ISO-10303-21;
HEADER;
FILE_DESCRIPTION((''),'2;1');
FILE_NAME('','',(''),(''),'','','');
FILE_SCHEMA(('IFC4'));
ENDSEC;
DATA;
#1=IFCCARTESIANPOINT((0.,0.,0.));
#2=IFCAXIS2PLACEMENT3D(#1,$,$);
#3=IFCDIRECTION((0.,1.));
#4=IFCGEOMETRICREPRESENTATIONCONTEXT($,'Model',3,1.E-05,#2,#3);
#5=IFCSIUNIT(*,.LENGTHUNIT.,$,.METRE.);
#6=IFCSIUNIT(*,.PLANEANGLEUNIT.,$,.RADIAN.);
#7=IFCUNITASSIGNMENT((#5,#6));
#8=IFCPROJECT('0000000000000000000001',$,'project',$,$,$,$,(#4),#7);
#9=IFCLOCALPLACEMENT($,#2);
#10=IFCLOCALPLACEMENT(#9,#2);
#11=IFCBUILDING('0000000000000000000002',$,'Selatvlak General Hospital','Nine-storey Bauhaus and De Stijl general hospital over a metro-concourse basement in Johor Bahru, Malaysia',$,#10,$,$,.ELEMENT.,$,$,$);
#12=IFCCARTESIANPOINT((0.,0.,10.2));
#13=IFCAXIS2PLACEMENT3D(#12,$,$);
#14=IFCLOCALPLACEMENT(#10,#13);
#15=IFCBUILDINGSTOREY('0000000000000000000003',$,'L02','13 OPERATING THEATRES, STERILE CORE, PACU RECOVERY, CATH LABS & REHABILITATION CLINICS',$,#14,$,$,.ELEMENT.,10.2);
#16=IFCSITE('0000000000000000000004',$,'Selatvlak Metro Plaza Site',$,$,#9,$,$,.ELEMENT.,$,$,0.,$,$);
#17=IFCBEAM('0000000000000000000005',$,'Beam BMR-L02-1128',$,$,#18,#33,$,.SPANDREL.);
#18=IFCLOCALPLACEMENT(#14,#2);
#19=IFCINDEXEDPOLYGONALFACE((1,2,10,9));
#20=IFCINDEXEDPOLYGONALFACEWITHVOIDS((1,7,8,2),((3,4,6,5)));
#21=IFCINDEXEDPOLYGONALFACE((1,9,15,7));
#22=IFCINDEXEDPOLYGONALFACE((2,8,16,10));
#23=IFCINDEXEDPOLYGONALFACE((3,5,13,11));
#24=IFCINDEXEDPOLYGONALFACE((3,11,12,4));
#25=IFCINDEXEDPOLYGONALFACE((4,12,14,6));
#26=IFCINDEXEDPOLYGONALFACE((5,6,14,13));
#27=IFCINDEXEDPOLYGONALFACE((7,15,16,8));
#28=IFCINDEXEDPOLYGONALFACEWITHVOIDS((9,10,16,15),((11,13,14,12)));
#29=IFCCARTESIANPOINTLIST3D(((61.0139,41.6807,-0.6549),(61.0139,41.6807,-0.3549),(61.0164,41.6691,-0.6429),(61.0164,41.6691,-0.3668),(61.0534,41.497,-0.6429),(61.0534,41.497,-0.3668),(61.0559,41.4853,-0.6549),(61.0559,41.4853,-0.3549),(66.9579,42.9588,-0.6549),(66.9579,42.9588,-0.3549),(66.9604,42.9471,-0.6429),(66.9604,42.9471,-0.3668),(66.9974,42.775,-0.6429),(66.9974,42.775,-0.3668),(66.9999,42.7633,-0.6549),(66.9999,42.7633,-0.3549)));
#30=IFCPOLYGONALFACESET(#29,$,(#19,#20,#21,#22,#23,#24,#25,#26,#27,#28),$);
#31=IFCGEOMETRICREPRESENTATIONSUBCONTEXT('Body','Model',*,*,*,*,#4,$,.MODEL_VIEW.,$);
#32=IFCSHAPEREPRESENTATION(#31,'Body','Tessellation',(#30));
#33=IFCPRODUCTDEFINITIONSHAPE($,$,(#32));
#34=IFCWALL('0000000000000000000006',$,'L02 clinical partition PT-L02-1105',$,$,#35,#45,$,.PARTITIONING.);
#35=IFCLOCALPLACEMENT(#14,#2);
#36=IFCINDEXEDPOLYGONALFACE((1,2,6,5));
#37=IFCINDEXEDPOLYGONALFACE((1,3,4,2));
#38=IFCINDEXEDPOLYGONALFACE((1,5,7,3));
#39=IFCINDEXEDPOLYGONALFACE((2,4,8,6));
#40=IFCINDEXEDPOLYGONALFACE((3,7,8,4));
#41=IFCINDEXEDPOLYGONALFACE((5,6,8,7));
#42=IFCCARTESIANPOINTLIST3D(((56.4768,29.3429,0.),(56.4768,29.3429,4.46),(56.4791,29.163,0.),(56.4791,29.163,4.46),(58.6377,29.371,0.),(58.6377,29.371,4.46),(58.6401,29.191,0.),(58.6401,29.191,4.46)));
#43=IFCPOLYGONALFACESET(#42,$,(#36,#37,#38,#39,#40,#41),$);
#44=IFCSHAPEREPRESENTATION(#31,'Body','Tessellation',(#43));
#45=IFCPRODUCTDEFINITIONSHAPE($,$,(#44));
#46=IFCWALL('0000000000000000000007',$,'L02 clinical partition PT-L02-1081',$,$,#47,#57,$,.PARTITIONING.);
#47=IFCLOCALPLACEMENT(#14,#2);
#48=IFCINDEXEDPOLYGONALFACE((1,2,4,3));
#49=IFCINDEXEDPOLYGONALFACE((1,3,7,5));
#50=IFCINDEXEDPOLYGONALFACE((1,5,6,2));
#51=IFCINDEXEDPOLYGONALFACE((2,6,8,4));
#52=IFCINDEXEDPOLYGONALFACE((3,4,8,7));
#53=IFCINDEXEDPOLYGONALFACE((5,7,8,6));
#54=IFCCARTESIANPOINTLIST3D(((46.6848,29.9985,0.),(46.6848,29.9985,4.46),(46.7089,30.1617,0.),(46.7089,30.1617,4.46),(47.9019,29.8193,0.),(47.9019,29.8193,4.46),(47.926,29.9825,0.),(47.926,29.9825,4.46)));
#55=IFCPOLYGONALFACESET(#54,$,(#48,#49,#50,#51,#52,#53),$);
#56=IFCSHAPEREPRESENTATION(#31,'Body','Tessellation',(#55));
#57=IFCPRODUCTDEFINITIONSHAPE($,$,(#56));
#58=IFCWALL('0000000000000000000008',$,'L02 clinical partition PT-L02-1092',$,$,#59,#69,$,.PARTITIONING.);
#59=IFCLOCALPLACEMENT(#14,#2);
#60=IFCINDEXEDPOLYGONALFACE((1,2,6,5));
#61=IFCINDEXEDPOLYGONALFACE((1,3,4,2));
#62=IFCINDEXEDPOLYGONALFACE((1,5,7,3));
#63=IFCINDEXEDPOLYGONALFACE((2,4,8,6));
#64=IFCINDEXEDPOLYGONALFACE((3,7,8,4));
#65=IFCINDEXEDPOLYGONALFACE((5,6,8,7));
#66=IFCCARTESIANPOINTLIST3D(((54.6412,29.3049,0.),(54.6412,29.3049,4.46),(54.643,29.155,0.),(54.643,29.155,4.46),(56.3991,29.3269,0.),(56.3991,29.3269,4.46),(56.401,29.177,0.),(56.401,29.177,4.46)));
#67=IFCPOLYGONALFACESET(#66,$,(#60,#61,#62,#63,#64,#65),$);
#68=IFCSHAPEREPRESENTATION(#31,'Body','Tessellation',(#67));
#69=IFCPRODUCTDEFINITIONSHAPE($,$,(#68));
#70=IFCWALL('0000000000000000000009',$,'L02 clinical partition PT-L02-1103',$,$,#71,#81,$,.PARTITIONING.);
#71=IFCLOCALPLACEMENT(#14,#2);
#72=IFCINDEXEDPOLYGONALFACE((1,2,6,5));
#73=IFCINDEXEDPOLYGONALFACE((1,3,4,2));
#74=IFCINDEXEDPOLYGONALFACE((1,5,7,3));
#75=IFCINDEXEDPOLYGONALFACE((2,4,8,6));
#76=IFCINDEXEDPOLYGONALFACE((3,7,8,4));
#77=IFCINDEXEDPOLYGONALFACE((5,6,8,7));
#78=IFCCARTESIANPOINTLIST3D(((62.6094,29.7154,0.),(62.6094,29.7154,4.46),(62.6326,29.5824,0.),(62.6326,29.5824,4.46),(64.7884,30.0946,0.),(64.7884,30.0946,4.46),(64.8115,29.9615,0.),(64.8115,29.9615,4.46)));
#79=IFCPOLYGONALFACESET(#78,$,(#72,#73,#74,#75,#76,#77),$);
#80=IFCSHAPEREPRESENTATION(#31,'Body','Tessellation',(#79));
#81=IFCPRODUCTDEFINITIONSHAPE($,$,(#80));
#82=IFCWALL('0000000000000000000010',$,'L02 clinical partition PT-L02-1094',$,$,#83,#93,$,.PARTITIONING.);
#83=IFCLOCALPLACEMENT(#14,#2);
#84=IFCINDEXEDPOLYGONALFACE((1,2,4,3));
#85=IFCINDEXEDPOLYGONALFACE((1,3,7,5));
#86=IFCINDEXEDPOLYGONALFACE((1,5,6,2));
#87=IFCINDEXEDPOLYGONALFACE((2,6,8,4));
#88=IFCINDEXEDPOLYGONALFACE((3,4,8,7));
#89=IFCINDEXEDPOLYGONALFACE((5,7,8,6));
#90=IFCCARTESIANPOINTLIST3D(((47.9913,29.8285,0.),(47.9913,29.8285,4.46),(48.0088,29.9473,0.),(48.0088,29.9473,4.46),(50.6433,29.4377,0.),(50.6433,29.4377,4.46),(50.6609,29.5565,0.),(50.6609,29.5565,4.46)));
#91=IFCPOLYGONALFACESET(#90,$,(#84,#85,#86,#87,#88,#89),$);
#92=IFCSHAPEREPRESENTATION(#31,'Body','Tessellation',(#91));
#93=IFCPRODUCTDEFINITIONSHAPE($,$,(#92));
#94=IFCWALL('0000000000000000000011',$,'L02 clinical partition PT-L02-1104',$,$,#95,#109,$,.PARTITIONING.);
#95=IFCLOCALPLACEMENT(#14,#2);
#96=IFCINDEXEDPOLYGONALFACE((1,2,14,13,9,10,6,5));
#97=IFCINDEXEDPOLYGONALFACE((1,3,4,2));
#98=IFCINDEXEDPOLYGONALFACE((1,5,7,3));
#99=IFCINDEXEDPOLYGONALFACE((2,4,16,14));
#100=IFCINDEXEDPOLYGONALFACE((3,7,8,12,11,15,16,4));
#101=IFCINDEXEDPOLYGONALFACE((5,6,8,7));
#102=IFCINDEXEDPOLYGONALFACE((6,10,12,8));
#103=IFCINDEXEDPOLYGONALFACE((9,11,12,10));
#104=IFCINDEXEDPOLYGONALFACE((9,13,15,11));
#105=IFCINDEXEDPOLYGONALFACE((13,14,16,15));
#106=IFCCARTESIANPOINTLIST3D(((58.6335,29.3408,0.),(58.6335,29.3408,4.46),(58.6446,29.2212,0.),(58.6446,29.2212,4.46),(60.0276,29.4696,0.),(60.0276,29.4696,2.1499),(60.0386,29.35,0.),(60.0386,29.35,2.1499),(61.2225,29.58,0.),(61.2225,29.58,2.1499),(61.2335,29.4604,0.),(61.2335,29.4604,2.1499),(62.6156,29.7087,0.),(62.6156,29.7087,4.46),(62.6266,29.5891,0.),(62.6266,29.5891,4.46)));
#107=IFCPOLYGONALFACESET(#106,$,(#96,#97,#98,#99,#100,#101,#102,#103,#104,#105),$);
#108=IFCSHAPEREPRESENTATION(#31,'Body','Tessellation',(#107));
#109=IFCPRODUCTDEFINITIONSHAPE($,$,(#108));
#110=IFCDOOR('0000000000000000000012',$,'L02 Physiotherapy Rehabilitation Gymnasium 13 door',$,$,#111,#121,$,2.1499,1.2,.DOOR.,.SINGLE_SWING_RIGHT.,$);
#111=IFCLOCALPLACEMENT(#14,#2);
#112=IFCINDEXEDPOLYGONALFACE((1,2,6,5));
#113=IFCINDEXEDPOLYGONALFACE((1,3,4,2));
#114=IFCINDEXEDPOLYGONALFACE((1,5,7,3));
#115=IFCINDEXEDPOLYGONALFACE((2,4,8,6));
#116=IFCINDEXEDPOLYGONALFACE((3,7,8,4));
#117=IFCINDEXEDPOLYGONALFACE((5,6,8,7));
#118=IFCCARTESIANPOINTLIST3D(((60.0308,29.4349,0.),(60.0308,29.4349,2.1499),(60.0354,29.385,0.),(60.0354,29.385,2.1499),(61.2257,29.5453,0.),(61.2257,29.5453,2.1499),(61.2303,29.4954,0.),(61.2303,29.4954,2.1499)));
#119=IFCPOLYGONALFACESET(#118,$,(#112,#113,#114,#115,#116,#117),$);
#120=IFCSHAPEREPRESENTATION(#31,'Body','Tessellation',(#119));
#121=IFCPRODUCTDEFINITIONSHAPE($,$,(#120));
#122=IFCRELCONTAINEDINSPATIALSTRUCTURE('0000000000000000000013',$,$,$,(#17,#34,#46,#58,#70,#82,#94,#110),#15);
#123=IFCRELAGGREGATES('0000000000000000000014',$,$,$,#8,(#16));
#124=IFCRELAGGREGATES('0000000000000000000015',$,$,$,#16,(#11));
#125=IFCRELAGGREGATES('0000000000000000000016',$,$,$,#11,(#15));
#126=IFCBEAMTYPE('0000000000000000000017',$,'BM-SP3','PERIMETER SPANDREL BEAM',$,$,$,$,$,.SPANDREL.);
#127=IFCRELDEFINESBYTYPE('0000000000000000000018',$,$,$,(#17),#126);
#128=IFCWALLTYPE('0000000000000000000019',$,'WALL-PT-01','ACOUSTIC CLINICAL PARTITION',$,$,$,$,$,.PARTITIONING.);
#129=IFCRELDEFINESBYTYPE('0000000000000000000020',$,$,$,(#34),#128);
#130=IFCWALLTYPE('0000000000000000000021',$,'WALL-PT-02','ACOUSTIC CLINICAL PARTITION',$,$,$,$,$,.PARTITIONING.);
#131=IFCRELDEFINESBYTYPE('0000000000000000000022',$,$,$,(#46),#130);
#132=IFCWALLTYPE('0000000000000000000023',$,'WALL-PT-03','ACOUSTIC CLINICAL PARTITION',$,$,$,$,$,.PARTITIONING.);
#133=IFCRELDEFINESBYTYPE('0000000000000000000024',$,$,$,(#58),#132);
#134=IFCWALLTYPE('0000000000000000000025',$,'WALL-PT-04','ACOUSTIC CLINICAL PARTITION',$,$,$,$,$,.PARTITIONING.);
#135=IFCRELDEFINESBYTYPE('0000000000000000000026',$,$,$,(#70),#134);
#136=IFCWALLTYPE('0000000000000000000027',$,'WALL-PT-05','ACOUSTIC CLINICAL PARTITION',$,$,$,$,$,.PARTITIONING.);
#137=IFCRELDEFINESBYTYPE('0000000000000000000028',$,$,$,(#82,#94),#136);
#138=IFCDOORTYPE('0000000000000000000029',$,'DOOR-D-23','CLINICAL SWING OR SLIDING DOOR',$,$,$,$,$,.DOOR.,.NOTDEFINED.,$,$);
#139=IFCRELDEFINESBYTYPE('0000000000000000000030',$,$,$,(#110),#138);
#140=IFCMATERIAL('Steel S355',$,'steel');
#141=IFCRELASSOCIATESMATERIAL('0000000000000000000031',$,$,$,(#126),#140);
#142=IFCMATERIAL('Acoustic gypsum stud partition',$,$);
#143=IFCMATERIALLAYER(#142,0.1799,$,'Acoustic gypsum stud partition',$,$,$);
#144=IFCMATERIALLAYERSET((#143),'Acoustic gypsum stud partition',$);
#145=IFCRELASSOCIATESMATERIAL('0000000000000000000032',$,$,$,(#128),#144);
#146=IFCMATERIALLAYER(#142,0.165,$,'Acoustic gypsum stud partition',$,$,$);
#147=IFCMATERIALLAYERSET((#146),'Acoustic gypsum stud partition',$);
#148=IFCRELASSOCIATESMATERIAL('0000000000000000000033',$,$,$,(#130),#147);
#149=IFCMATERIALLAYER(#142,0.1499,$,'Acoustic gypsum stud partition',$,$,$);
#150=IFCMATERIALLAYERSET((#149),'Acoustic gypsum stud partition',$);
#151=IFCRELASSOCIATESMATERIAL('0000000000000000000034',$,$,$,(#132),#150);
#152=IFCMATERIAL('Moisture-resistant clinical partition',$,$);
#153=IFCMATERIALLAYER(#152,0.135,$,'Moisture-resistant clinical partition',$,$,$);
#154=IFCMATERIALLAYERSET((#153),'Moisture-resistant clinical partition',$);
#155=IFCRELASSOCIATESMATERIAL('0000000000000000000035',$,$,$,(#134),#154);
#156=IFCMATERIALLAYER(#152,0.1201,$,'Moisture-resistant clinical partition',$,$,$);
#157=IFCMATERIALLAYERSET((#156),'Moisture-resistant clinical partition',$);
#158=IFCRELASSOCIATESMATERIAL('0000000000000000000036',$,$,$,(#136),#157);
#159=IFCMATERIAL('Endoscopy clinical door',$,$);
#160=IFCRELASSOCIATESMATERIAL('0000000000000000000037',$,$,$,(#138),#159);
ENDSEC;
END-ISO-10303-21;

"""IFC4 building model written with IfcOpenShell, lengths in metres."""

from ifc_helpers import new_model, si_unit, direction, frame, frame_2d, origin, origin_2d, place, context, subcontext, project, spatial, rectangle, hollow_rectangle, extrude, material, layer, layer_set, material_profile, profile_set, type_object, element, fill, save


model = new_model("IFC4")

# Units and contexts
model_context = context("Model", 3, precision=1e-05, world=origin(), true_north=direction((0.0, 1.0)))
body_context = subcontext(model_context, "Body", "Model", "MODEL_VIEW")
ifc_project = project(units=[si_unit("LENGTHUNIT", "METRE"), si_unit("PLANEANGLEUNIT", "RADIAN")], contexts=[model_context])

# Site, building, storey
site_placement = place(None, origin())
site = spatial("IfcSite", under=ifc_project, at=site_placement, Name="Selatvlak Metro Plaza Site", CompositionType="ELEMENT", RefElevation=0.0)
building_placement = place(site_placement, origin())
building = spatial("IfcBuilding", under=site, at=building_placement, Name="Selatvlak General Hospital", Description="Nine-storey Bauhaus and De Stijl general hospital over a metro-concourse basement in Johor Bahru, Malaysia", CompositionType="ELEMENT")
storey_placement = place(building_placement, frame((0.0, 0.0, 10.2)))
storey = spatial("IfcBuildingStorey", under=building, at=storey_placement, Name="L02", Description="13 OPERATING THEATRES, STERILE CORE, PACU RECOVERY, CATH LABS & REHABILITATION CLINICS", CompositionType="ELEMENT", Elevation=10.2)

# Beam
ifc_material_1 = material(Name="Steel S355", Category="steel")
ifc_material_profile_1 = material_profile(ifc_material_1, hollow_rectangle(XDim=0.2, YDim=0.3, WallThickness=0.012, at=origin_2d()), Name="RHS 300x200x12")
ifc_profile_set_1 = profile_set([ifc_material_profile_1], Name="Steel S355")
beam_type_1 = type_object("IfcBeamType", Name="BM-SP3", Description="PERIMETER SPANDREL BEAM", PredefinedType="SPANDREL", material=ifc_profile_set_1)
beam_1_placement = place(storey_placement, frame((61.0349, 41.583, -0.5049), z_axis=(0.977656, 0.210212, 0.0), x_axis=(-0.210212, 0.977656, 0.0)))
element("IfcBeam", 1, at=beam_1_placement, inside=storey, type_object=beam_type_1, Name="Beam BMR-L02-1128", PredefinedType="SPANDREL", context=body_context, shape_type="SweptSolid", body=[
    extrude(hollow_rectangle(XDim=0.2, YDim=0.3, WallThickness=0.012, at=origin_2d()), origin(), (0.0, 0.0, 1.0), 6.0798),
])

# Walls
ifc_material_2 = material(Name="Acoustic gypsum stud partition")
ifc_layer_1 = layer(ifc_material_2, 0.1799, Name="Acoustic gypsum stud partition")
ifc_layer_set_1 = layer_set([ifc_layer_1], Name="Acoustic gypsum stud partition")
wall_type_1 = type_object("IfcWallType", Name="WALL-PT-01", Description="ACOUSTIC CLINICAL PARTITION", PredefinedType="PARTITIONING", material=ifc_layer_set_1)
wall_1_placement = place(storey_placement, frame((58.6389, 29.281, 0.0), z_axis=(0.0, 0.0, 1.0), x_axis=(-0.999916, -0.012992, 0.0)))
element("IfcWall", 2, at=wall_1_placement, inside=storey, type_object=wall_type_1, Name="L02 clinical partition PT-L02-1105", PredefinedType="PARTITIONING", context=body_context, shape_type="SweptSolid", body=[
    extrude(rectangle(XDim=2.1611, YDim=0.1799, at=frame_2d((1.0806, 0.0))), origin(), (0.0, 0.0, 1.0), 4.46),
])
ifc_layer_2 = layer(ifc_material_2, 0.165, Name="Acoustic gypsum stud partition")
ifc_layer_set_2 = layer_set([ifc_layer_2], Name="Acoustic gypsum stud partition")
wall_type_2 = type_object("IfcWallType", Name="WALL-PT-02", Description="ACOUSTIC CLINICAL PARTITION", PredefinedType="PARTITIONING", material=ifc_layer_set_2)
wall_2_placement = place(storey_placement, frame((47.9141, 29.9009, 0.0), z_axis=(0.0, 0.0, 1.0), x_axis=(-0.989333, 0.145671, 0.0)))
element("IfcWall", 3, at=wall_2_placement, inside=storey, type_object=wall_type_2, Name="L02 clinical partition PT-L02-1081", PredefinedType="PARTITIONING", context=body_context, shape_type="SweptSolid", body=[
    extrude(rectangle(XDim=1.2302, YDim=0.165, at=frame_2d((0.6152, 0.0))), origin(), (0.0, 0.0, 1.0), 4.46),
])

# Shared definitions
ifc_layer_3 = layer(ifc_material_2, 0.1499, Name="Acoustic gypsum stud partition")
ifc_layer_set_3 = layer_set([ifc_layer_3], Name="Acoustic gypsum stud partition")
wall_type_3 = type_object("IfcWallType", Name="WALL-PT-03", Description="ACOUSTIC CLINICAL PARTITION", PredefinedType="PARTITIONING", material=ifc_layer_set_3)

# Wall
wall_3_placement = place(storey_placement, frame((56.3999, 29.252, 0.0), z_axis=(0.0, 0.0, 1.0), x_axis=(-0.999922, -0.012499, 0.0)))
element("IfcWall", 4, at=wall_3_placement, inside=storey, type_object=wall_type_3, Name="L02 clinical partition PT-L02-1092", PredefinedType="PARTITIONING", context=body_context, shape_type="SweptSolid", body=[
    extrude(rectangle(XDim=1.7581, YDim=0.1499, at=frame_2d((0.8789, 0.0))), origin(), (0.0, 0.0, 1.0), 4.46),
])

# Shared definitions
ifc_material_3 = material(Name="Moisture-resistant clinical partition")
ifc_layer_4 = layer(ifc_material_3, 0.135, Name="Moisture-resistant clinical partition")
ifc_layer_set_4 = layer_set([ifc_layer_4], Name="Moisture-resistant clinical partition")
wall_type_4 = type_object("IfcWallType", Name="WALL-PT-04", Description="ACOUSTIC CLINICAL PARTITION", PredefinedType="PARTITIONING", material=ifc_layer_set_4)

# Walls
wall_4_placement = place(storey_placement, frame((64.8, 30.0281, 0.0), z_axis=(0.0, 0.0, 1.0), x_axis=(-0.985196, -0.17143, 0.0)))
element("IfcWall", 5, at=wall_4_placement, inside=storey, type_object=wall_type_4, Name="L02 clinical partition PT-L02-1103", PredefinedType="PARTITIONING", context=body_context, shape_type="SweptSolid", body=[
    extrude(rectangle(XDim=2.2117, YDim=0.135, at=frame_2d((1.106, 0.0))), origin(), (0.0, 0.0, 1.0), 4.46),
])
ifc_layer_5 = layer(ifc_material_3, 0.1201, Name="Moisture-resistant clinical partition")
ifc_layer_set_5 = layer_set([ifc_layer_5], Name="Moisture-resistant clinical partition")
wall_type_5 = type_object("IfcWallType", Name="WALL-PT-05", Description="ACOUSTIC CLINICAL PARTITION", PredefinedType="PARTITIONING", material=ifc_layer_set_5)
wall_5_placement = place(storey_placement, frame((50.6521, 29.4971, 0.0), z_axis=(0.0, 0.0, 1.0), x_axis=(-0.989313, 0.145806, 0.0)))
element("IfcWall", 6, at=wall_5_placement, inside=storey, type_object=wall_type_5, Name="L02 clinical partition PT-L02-1094", PredefinedType="PARTITIONING", context=body_context, shape_type="SweptSolid", body=[
    extrude(rectangle(XDim=2.6807, YDim=0.1201, at=frame_2d((1.3403, 0.0))), origin(), (0.0, 0.0, 1.0), 4.46),
])

# Wall, opening, door
wall_6_placement = place(storey_placement, frame((62.6211, 29.6489, 0.0), z_axis=(0.0, 0.0, 1.0), x_axis=(-0.995759, -0.092, 0.0)))
wall_6 = element("IfcWall", 7, at=wall_6_placement, inside=storey, type_object=wall_type_5, Name="L02 clinical partition PT-L02-1104", PredefinedType="PARTITIONING", context=body_context, shape_type="SweptSolid", body=[
    extrude(rectangle(XDim=3.999, YDim=0.1201, at=frame_2d((1.9995, 0.0))), origin(), (0.0, 0.0, 1.0), 4.46),
])
opening_1_placement = place(wall_6_placement, frame((1.3989, 0.0, 0.0)))
opening_1 = element("IfcOpeningElement", 8, at=opening_1_placement, cuts=wall_6, PredefinedType="OPENING", context=body_context, shape_type="SweptSolid", body=[
    extrude(rectangle(XDim=1.2, YDim=2.1499, at=frame_2d((0.6001, 1.075))), frame((0.0, 0.0701, 0.0), z_axis=(0.0, -1.0, 0.0), x_axis=(1.0, 0.0, 0.0)), (0.0, 0.0, 1.0), 0.1401),
])
ifc_material_4 = material(Name="Endoscopy clinical door")
door_type_1 = type_object("IfcDoorType", Name="DOOR-D-23", Description="CLINICAL SWING OR SLIDING DOOR", OperationType="NOTDEFINED", PredefinedType="DOOR", material=ifc_material_4)
door_1_placement = place(opening_1_placement, origin())
door_1 = element("IfcDoor", 9, at=door_1_placement, inside=storey, type_object=door_type_1, Name="L02 Physiotherapy Rehabilitation Gymnasium 13 door", OperationType="SINGLE_SWING_RIGHT", OverallHeight=2.1499, OverallWidth=1.2, PredefinedType="DOOR", context=body_context, shape_type="SweptSolid", body=[
    extrude(rectangle(XDim=1.2, YDim=2.1499, at=frame_2d((0.6001, 1.075))), frame((0.0, 0.0249, 0.0), z_axis=(0.0, -1.0, 0.0), x_axis=(1.0, 0.0, 0.0)), (0.0, 0.0, 1.0), 0.05),
])
fill(opening_1, door_1)

save(model, "model.ifc")
